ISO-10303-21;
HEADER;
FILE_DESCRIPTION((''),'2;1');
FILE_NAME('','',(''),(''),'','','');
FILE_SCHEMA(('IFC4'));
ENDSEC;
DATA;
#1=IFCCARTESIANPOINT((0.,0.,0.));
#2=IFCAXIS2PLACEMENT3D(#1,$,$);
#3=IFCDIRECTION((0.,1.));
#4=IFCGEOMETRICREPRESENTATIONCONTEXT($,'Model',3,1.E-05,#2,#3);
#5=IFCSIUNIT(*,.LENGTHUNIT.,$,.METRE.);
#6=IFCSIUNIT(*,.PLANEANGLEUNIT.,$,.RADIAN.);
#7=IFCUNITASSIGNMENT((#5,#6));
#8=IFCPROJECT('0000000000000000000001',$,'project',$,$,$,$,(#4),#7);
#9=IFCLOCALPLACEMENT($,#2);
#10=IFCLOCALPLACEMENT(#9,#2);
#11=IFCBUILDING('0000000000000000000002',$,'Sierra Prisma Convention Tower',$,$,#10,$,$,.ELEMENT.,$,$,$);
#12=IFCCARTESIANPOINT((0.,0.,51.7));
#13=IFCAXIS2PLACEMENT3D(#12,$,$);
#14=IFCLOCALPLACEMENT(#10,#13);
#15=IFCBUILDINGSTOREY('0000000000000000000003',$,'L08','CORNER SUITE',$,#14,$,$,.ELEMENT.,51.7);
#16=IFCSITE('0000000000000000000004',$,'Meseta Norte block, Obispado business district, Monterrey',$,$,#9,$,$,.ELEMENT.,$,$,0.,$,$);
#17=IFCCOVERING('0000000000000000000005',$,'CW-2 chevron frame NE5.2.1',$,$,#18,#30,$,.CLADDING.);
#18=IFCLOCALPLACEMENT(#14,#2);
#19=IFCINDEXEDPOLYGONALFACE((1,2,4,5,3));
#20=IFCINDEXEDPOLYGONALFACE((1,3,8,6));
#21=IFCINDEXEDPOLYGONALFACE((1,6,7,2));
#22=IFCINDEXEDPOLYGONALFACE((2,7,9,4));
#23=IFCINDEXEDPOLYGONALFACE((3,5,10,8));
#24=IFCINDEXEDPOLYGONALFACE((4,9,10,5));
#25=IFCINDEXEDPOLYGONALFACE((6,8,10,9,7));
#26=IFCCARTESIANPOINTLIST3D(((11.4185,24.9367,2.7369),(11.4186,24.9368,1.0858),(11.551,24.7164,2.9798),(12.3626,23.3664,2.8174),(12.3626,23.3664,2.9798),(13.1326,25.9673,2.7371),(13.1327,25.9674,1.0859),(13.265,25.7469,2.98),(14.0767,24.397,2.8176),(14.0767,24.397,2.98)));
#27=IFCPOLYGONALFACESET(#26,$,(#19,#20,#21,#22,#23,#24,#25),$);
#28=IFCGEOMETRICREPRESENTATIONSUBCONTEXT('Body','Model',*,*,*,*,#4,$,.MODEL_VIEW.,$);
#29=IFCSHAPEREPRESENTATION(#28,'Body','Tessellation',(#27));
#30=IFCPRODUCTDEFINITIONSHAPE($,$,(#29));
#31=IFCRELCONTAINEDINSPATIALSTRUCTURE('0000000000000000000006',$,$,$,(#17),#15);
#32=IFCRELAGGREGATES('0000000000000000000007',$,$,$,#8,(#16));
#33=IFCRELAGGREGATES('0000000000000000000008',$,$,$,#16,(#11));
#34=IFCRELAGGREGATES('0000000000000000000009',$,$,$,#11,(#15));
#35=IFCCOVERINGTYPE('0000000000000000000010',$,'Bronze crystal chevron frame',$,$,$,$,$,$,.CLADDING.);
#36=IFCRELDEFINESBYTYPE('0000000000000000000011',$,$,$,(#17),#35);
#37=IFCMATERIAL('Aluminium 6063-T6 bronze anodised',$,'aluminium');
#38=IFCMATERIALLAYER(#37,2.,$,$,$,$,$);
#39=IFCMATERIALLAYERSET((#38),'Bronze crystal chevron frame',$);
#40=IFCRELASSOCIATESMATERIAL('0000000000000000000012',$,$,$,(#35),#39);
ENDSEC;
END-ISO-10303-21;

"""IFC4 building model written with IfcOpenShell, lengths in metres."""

from ifc_helpers import new_model, si_unit, direction, frame, origin, place, context, subcontext, project, spatial, polyline, outline, extrude, material, layer, layer_set, type_object, element, save


model = new_model("IFC4")

# Units and contexts
model_context = context("Model", 3, precision=1e-05, world=origin(), true_north=direction((0.0, 1.0)))
body_context = subcontext(model_context, "Body", "Model", "MODEL_VIEW")
ifc_project = project(units=[si_unit("LENGTHUNIT", "METRE"), si_unit("PLANEANGLEUNIT", "RADIAN")], contexts=[model_context])

# Site, building, storey
site_placement = place(None, origin())
site = spatial("IfcSite", under=ifc_project, at=site_placement, Name="Meseta Norte block, Obispado business district, Monterrey", CompositionType="ELEMENT", RefElevation=0.0)
building_placement = place(site_placement, origin())
building = spatial("IfcBuilding", under=site, at=building_placement, Name="Sierra Prisma Convention Tower", CompositionType="ELEMENT")
storey_placement = place(building_placement, frame((0.0, 0.0, 51.7)))
storey = spatial("IfcBuildingStorey", under=building, at=storey_placement, Name="L08", Description="CORNER SUITE", CompositionType="ELEMENT", Elevation=51.7)

# Covering
ifc_material_1 = material(Name="Aluminium 6063-T6 bronze anodised", Category="aluminium")
ifc_layer_1 = layer(ifc_material_1, 2.0)
ifc_layer_set_1 = layer_set([ifc_layer_1], Name="Bronze crystal chevron frame")
covering_type = type_object("IfcCoveringType", Name="Bronze crystal chevron frame", PredefinedType="CLADDING", material=ifc_layer_set_1)
covering_1_placement = place(storey_placement, frame((14.0767, 24.397, 2.98), z_axis=(0.857028, 0.51527, 0.000093), x_axis=(0.000079, 0.000048, -1.0)))
element("IfcCovering", 1, at=covering_1_placement, inside=storey, type_object=covering_type, Name="CW-2 chevron frame NE5.2.1", PredefinedType="CLADDING", context=body_context, shape_type="SweptSolid", body=[
    extrude(outline(polyline([(0.0, 0.0), (0.1624, 0.0), (1.894, 1.8323), (0.2429, 1.8323), (0.0, 1.5751), (0.0, 0.0)])), origin(), (0.0, 0.0, -1.0), 2.0),
])

save(model, "model.ifc")
